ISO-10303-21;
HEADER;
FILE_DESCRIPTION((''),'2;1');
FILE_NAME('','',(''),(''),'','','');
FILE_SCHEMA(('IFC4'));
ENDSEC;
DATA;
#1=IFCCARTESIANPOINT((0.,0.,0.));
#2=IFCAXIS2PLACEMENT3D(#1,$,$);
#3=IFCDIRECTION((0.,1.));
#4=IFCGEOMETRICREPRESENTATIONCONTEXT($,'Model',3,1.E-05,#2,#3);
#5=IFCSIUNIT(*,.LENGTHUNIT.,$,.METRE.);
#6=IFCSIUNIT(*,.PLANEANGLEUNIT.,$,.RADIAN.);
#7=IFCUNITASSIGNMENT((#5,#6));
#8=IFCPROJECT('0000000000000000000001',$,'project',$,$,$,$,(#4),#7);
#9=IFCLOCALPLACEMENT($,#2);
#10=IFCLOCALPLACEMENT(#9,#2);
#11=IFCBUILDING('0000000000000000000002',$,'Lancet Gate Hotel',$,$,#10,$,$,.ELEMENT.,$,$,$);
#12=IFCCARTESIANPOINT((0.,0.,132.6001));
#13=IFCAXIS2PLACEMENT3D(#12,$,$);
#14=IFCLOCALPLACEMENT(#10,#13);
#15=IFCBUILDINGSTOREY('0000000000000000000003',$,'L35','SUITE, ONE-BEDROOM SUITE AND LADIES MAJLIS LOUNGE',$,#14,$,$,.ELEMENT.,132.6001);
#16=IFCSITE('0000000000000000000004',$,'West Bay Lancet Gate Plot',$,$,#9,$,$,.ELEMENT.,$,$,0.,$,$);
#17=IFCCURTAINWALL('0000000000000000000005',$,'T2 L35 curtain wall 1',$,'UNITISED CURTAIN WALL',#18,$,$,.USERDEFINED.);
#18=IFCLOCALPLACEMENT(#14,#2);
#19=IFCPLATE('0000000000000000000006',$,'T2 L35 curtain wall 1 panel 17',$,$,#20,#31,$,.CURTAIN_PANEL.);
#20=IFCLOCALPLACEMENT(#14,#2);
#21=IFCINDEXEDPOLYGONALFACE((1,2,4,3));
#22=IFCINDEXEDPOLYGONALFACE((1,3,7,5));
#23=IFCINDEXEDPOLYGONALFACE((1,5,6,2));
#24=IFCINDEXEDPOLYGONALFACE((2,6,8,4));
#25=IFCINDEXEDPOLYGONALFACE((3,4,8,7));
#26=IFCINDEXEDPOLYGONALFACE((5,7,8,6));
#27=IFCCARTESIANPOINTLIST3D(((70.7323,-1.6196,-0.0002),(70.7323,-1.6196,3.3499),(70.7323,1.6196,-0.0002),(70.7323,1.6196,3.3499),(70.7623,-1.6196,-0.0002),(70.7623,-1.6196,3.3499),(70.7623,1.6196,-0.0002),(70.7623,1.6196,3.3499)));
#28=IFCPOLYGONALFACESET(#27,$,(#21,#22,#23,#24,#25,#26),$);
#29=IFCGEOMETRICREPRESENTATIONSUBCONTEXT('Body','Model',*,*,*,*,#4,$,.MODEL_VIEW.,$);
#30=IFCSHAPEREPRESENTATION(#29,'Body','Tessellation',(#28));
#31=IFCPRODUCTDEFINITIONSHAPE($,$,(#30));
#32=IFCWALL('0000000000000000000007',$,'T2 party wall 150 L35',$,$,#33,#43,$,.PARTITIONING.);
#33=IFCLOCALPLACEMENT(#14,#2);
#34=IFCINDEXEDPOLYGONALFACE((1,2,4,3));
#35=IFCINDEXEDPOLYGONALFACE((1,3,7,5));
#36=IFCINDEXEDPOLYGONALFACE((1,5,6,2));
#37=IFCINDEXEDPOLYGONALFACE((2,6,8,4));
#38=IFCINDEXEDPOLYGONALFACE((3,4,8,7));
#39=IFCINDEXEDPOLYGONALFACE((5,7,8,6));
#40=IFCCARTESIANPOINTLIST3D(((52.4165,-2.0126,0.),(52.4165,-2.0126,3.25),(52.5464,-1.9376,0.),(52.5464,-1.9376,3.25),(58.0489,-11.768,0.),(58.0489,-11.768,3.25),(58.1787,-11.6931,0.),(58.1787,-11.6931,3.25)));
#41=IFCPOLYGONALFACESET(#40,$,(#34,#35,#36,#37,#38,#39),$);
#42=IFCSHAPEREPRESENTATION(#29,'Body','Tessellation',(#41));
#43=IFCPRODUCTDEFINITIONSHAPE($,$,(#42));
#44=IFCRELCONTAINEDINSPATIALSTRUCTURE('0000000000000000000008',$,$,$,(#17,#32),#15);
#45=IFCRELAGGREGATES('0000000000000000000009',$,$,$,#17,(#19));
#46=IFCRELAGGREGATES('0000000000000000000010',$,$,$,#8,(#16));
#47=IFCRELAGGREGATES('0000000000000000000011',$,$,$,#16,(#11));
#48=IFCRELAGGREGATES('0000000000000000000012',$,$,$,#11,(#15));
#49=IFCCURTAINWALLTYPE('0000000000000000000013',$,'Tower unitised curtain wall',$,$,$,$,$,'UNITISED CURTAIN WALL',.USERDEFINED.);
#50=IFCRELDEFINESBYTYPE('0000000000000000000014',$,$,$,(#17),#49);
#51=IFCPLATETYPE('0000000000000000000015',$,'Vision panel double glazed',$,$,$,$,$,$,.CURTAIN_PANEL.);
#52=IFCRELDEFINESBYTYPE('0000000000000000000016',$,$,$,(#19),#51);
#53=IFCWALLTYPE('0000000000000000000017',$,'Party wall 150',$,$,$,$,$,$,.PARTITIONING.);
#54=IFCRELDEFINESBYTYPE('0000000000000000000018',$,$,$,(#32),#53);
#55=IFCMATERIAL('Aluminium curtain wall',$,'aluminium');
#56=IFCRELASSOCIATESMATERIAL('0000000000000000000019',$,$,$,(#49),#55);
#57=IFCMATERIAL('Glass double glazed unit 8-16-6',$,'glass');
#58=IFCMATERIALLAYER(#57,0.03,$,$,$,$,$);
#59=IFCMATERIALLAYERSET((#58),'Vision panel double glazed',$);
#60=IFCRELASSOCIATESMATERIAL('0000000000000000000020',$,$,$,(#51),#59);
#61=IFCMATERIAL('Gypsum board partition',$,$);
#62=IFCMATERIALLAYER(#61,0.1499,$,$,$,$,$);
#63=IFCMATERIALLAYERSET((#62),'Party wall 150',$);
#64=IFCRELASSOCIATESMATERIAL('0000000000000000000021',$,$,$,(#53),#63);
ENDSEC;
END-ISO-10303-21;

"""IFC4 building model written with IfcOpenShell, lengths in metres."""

from ifc_helpers import new_model, si_unit, direction, frame, frame_2d, origin, origin_2d, place, context, subcontext, project, spatial, rectangle, extrude, material, layer, layer_set, type_object, element, aggregate, save


model = new_model("IFC4")

# Units and contexts
model_context = context("Model", 3, precision=1e-05, world=origin(), true_north=direction((0.0, 1.0)))
body_context = subcontext(model_context, "Body", "Model", "MODEL_VIEW")
ifc_project = project(units=[si_unit("LENGTHUNIT", "METRE"), si_unit("PLANEANGLEUNIT", "RADIAN")], contexts=[model_context])

# Site, building, storey
site_placement = place(None, origin())
site = spatial("IfcSite", under=ifc_project, at=site_placement, Name="West Bay Lancet Gate Plot", CompositionType="ELEMENT", RefElevation=0.0)
building_placement = place(site_placement, origin())
building = spatial("IfcBuilding", under=site, at=building_placement, Name="Lancet Gate Hotel", CompositionType="ELEMENT")
storey_placement = place(building_placement, frame((0.0, 0.0, 132.6001)))
storey = spatial("IfcBuildingStorey", under=building, at=storey_placement, Name="L35", Description="SUITE, ONE-BEDROOM SUITE AND LADIES MAJLIS LOUNGE", CompositionType="ELEMENT", Elevation=132.6001)

# Curtain wall
ifc_material_1 = material(Name="Aluminium curtain wall", Category="aluminium")
curtain_wall_type = type_object("IfcCurtainWallType", Name="Tower unitised curtain wall", ElementType="UNITISED CURTAIN WALL", PredefinedType="USERDEFINED", material=ifc_material_1)
curtain_wall_placement = place(storey_placement, origin())
curtain_wall = element("IfcCurtainWall", 1, at=curtain_wall_placement, inside=storey, type_object=curtain_wall_type, Name="T2 L35 curtain wall 1", ObjectType="UNITISED CURTAIN WALL", PredefinedType="USERDEFINED")

# Plate
ifc_material_2 = material(Name="Glass double glazed unit 8-16-6", Category="glass")
ifc_layer_1 = layer(ifc_material_2, 0.03)
ifc_layer_set_1 = layer_set([ifc_layer_1], Name="Vision panel double glazed")
plate_type = type_object("IfcPlateType", Name="Vision panel double glazed", PredefinedType="CURTAIN_PANEL", material=ifc_layer_set_1)
plate_1_placement = place(storey_placement, frame((70.7473, 0.0, -0.0002), z_axis=(0.0, 0.0, 1.0), x_axis=(0.0, 1.0, 0.0)))
plate_1 = element("IfcPlate", 2, at=plate_1_placement, type_object=plate_type, Name="T2 L35 curtain wall 1 panel 17", PredefinedType="CURTAIN_PANEL", context=body_context, shape_type="SweptSolid", body=[
    extrude(rectangle(XDim=3.2393, YDim=0.03, at=origin_2d()), origin(), (0.0, 0.0, 1.0), 3.3501),
])
aggregate(curtain_wall, [plate_1])

# Wall
ifc_material_3 = material(Name="Gypsum board partition")
ifc_layer_2 = layer(ifc_material_3, 0.1499)
ifc_layer_set_2 = layer_set([ifc_layer_2], Name="Party wall 150")
wall_type = type_object("IfcWallType", Name="Party wall 150", PredefinedType="PARTITIONING", material=ifc_layer_set_2)
wall_placement = place(storey_placement, frame((52.4814, -1.9751, 0.0), z_axis=(0.0, 0.0, 1.0), x_axis=(0.500004, -0.866023, 0.0)))
element("IfcWall", 3, at=wall_placement, inside=storey, type_object=wall_type, Name="T2 party wall 150 L35", PredefinedType="PARTITIONING", context=body_context, shape_type="SweptSolid", body=[
    extrude(rectangle(XDim=11.2646, YDim=0.1499, at=frame_2d((5.6323, 0.0))), origin(), (0.0, 0.0, 1.0), 3.25),
])

save(model, "model.ifc")
